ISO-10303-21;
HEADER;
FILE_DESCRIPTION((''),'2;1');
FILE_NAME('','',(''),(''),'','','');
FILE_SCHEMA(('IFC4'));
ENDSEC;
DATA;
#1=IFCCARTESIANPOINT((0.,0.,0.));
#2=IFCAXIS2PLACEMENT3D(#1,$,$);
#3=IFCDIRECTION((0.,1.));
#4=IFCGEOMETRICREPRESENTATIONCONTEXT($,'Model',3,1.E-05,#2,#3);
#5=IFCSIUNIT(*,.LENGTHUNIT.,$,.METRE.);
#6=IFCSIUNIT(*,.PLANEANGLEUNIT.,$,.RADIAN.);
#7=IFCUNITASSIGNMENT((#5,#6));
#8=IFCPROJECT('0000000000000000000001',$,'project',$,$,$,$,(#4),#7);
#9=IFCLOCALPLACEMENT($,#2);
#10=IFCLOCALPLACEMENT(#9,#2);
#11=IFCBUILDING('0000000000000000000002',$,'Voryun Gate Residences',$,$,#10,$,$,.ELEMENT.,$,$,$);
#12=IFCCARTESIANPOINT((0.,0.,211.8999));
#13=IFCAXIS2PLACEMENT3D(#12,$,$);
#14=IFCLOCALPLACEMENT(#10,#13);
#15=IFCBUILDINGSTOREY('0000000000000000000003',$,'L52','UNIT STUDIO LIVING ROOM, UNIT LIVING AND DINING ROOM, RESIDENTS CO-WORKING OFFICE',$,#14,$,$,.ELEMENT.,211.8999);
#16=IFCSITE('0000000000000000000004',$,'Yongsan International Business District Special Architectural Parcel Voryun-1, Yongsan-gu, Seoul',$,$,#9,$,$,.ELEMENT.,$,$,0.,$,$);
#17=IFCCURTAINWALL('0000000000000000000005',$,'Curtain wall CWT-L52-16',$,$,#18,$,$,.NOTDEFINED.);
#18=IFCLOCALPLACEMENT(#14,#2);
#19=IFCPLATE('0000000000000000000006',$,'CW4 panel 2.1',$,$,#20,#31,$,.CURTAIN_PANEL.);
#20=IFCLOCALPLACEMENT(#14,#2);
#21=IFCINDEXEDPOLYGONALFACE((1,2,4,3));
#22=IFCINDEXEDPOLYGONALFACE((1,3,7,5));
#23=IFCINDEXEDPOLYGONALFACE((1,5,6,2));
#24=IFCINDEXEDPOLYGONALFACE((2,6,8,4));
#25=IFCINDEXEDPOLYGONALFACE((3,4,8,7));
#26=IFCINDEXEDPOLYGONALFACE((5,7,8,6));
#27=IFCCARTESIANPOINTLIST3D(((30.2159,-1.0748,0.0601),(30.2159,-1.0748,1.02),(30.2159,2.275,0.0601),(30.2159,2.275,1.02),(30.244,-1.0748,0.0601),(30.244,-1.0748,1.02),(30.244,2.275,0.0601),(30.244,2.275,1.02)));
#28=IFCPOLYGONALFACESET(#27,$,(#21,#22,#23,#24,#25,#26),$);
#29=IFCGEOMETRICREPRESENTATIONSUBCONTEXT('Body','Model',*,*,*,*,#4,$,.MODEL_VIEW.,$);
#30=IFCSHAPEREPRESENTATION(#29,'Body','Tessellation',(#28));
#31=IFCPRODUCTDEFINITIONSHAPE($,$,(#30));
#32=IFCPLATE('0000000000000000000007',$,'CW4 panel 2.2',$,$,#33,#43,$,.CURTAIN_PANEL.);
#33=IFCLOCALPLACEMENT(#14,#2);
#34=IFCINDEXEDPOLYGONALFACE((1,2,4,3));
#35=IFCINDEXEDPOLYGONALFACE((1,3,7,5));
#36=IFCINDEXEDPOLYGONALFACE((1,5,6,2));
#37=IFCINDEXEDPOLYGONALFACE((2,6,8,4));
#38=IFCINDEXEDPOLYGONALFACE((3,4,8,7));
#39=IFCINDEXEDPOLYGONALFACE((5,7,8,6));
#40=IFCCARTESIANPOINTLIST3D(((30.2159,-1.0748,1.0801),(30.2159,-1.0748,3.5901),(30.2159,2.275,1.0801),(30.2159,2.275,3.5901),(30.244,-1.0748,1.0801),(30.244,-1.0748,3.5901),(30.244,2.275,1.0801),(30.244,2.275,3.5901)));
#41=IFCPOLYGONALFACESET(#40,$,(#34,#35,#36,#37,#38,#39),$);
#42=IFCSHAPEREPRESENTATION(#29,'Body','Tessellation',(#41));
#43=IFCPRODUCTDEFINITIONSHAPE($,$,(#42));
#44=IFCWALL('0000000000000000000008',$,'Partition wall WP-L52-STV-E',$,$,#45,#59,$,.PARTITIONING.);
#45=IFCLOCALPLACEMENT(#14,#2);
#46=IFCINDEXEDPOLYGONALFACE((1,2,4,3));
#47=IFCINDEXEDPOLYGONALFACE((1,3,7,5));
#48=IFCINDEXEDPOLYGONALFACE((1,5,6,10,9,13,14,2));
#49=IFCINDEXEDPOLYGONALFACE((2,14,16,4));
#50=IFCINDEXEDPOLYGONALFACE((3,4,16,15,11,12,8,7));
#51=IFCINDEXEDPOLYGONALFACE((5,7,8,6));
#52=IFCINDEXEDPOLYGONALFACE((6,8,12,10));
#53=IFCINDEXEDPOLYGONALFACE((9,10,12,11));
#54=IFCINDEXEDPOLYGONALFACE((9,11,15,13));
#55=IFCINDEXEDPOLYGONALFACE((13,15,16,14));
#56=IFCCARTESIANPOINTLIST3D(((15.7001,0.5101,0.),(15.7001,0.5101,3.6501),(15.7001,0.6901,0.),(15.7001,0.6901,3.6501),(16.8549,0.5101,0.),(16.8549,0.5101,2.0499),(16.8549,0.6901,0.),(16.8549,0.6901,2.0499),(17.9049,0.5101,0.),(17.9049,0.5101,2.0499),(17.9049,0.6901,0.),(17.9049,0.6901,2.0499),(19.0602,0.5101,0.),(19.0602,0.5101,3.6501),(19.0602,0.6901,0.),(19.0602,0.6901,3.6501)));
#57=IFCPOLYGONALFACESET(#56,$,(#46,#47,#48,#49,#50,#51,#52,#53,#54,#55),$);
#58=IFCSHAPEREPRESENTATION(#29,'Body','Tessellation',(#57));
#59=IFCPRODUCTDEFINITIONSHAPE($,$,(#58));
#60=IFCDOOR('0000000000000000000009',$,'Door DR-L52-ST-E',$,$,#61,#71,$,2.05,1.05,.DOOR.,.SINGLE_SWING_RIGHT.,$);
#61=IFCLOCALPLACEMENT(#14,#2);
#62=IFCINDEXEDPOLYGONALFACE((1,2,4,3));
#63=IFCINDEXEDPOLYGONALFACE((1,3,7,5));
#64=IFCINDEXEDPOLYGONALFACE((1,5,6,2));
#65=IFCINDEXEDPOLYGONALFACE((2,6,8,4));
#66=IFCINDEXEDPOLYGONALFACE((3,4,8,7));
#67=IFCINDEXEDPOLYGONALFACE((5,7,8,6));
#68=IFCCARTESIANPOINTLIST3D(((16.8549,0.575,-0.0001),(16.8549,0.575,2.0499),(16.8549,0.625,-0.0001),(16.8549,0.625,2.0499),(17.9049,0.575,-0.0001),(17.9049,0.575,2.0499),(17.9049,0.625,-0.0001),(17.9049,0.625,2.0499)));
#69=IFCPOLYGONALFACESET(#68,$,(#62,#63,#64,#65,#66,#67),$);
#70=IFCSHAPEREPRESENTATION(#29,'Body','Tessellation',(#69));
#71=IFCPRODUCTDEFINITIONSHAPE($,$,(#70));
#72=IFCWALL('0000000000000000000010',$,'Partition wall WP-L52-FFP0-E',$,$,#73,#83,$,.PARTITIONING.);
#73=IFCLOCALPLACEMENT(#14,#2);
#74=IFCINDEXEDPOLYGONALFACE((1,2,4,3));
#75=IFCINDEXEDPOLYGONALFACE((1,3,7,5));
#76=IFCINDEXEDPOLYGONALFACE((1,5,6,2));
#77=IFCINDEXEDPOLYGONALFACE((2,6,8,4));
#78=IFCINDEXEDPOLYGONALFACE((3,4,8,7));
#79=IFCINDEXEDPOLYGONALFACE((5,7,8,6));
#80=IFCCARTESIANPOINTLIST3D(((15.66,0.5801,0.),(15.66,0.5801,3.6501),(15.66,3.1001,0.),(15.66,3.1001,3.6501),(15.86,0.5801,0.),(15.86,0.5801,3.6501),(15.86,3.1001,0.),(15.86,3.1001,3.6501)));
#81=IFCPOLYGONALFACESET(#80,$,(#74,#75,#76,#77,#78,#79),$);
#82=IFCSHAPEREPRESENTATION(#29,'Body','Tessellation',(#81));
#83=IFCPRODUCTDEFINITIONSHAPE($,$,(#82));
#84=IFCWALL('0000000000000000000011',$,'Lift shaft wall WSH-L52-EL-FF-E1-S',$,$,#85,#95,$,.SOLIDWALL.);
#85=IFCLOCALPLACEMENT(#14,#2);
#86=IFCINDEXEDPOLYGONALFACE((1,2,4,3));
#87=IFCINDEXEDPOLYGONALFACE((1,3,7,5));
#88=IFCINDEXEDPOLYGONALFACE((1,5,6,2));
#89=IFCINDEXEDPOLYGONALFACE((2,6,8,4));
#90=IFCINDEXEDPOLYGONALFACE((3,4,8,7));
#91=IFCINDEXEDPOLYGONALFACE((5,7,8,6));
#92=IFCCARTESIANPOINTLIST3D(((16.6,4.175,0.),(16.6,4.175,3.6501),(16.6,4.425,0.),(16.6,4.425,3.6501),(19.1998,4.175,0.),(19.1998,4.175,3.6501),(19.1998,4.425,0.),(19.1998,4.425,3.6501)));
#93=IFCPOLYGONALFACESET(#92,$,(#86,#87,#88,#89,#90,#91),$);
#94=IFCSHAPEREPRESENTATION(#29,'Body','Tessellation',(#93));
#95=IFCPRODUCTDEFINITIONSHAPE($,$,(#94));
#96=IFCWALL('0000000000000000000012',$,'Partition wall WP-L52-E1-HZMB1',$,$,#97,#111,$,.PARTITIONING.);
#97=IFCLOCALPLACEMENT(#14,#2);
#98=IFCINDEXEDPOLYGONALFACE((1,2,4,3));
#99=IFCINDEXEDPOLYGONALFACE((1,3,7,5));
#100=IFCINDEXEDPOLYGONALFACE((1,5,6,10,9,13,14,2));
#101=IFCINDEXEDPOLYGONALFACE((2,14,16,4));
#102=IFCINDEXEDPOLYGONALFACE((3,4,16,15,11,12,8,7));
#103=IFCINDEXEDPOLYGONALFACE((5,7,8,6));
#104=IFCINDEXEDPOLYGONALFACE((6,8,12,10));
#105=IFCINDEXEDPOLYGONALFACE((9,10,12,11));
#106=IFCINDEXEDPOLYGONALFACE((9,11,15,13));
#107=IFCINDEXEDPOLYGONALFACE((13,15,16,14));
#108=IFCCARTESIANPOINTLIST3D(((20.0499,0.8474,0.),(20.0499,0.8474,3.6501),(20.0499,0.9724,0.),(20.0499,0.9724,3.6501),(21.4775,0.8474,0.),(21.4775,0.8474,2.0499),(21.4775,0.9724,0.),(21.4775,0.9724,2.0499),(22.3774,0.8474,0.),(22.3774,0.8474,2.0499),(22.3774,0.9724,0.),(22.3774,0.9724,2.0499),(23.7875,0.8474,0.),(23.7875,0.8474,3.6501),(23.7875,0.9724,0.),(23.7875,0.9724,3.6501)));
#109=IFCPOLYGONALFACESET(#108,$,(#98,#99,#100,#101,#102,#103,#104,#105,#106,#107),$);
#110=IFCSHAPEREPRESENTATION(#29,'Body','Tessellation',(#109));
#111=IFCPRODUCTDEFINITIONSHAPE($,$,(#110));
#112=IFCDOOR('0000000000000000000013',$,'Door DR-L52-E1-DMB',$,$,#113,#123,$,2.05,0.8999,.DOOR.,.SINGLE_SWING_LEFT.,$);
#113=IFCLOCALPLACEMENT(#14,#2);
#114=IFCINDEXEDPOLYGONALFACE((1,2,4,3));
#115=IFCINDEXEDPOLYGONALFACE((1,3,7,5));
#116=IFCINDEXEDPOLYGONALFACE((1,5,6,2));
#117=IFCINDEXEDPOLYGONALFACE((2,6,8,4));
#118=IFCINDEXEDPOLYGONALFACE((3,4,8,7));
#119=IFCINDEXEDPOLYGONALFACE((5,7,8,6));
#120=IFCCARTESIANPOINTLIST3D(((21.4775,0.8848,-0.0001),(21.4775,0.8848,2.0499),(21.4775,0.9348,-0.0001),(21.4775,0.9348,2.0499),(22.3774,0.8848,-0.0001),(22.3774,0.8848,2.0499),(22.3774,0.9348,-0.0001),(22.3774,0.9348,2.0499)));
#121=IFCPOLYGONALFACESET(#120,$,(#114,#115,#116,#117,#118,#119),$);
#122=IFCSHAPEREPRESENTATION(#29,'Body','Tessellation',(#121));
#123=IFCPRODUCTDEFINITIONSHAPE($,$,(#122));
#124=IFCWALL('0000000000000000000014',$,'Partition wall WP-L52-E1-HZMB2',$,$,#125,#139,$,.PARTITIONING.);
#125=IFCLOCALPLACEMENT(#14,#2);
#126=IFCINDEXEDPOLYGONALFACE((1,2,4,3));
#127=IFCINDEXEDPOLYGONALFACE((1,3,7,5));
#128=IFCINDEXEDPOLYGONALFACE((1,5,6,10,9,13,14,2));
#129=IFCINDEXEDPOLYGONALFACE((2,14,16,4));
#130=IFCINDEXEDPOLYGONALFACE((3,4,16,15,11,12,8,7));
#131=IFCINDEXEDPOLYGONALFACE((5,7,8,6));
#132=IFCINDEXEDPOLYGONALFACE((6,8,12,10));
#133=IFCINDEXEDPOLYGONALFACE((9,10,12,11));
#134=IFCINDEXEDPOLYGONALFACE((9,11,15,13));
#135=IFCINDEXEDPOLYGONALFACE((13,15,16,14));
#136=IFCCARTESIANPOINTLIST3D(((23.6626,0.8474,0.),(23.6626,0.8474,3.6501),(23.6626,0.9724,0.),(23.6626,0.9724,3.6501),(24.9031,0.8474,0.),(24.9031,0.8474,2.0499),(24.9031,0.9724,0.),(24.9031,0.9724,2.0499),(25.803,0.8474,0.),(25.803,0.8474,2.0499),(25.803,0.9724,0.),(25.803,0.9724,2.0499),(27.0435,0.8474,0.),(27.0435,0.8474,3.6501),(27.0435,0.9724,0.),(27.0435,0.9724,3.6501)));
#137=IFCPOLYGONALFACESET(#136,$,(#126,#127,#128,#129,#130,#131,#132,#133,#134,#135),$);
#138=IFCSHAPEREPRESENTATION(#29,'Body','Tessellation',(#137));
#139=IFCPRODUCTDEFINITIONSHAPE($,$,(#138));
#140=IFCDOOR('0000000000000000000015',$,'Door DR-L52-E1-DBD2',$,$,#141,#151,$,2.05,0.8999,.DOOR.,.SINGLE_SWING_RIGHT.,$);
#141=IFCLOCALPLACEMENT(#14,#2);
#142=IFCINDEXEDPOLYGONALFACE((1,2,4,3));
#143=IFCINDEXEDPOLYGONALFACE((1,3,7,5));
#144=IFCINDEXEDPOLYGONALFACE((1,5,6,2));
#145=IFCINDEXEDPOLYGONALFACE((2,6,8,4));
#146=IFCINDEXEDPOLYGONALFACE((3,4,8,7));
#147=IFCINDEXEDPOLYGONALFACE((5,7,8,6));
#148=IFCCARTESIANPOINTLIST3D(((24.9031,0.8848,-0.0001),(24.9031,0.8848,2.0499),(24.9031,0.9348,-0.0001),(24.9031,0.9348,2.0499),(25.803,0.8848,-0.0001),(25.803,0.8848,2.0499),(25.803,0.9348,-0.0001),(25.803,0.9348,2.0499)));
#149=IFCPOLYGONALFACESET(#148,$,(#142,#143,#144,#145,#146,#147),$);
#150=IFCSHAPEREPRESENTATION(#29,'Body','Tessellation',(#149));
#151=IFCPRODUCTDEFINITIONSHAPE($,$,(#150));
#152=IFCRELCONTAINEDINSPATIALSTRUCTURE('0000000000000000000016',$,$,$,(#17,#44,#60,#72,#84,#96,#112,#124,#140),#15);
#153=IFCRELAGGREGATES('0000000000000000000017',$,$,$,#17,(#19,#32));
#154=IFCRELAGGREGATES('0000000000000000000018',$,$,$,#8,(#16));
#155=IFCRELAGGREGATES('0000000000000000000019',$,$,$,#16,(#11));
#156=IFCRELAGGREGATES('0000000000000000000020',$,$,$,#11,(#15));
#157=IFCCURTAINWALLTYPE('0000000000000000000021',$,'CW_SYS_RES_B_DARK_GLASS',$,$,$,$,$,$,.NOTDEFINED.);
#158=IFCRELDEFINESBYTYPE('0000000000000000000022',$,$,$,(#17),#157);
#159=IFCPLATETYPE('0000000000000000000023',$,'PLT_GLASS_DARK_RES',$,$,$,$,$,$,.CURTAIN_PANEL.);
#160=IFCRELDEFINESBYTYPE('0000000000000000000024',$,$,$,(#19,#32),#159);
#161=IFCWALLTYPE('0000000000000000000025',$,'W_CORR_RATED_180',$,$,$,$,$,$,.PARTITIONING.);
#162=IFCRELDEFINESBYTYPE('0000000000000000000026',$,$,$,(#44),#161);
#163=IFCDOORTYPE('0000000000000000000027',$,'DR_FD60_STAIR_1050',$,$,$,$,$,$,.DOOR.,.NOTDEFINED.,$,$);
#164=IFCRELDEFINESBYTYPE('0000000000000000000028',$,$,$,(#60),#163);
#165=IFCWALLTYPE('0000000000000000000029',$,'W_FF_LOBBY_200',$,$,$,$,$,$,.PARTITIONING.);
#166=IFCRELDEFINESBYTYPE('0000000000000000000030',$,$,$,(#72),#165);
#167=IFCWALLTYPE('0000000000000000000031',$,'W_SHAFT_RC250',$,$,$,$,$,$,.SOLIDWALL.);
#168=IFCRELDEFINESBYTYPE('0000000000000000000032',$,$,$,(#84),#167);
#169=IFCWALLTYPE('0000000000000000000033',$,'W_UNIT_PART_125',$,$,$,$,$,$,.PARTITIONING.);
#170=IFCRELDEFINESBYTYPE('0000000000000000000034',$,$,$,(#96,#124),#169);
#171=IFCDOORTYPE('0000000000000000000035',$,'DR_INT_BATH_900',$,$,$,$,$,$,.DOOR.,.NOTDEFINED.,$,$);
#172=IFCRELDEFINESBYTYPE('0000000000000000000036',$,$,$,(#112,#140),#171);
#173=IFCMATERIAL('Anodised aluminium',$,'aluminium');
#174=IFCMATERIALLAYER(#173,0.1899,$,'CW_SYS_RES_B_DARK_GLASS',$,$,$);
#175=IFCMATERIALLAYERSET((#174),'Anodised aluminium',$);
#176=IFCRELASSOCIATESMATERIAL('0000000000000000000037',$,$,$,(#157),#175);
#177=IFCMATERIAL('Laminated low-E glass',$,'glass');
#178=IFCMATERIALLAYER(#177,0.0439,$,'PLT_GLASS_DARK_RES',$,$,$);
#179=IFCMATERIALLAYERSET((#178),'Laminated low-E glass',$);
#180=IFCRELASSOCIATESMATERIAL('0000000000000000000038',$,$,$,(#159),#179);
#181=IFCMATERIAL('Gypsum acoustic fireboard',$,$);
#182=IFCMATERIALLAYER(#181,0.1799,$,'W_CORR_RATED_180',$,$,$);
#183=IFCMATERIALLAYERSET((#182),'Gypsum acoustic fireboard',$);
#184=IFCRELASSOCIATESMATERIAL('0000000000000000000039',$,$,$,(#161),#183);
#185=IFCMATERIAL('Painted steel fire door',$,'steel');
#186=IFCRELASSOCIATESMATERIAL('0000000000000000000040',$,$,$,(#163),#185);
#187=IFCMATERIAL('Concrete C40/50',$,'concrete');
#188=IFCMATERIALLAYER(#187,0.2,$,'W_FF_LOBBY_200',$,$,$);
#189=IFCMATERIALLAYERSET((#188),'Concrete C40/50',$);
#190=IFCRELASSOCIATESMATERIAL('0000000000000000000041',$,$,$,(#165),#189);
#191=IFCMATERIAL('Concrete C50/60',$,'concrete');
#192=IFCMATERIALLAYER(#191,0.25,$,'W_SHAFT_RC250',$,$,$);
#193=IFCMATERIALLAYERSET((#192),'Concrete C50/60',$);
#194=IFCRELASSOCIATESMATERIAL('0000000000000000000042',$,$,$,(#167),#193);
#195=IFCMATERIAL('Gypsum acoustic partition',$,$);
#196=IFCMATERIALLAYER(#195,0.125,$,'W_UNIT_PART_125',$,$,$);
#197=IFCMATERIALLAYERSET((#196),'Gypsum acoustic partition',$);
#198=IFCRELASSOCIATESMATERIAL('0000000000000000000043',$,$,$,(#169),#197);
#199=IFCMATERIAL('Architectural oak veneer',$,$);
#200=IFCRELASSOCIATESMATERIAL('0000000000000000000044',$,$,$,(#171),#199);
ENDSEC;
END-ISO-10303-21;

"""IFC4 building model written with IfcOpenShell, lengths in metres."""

from ifc_helpers import new_model, si_unit, direction, frame, frame_2d, origin, origin_2d, place, context, subcontext, project, spatial, rectangle, extrude, material, layer, layer_set, type_object, element, fill, aggregate, save


model = new_model("IFC4")

# Units and contexts
model_context = context("Model", 3, precision=1e-05, world=origin(), true_north=direction((0.0, 1.0)))
body_context = subcontext(model_context, "Body", "Model", "MODEL_VIEW")
ifc_project = project(units=[si_unit("LENGTHUNIT", "METRE"), si_unit("PLANEANGLEUNIT", "RADIAN")], contexts=[model_context])

# Site, building, storey
site_placement = place(None, origin())
site = spatial("IfcSite", under=ifc_project, at=site_placement, Name="Yongsan International Business District Special Architectural Parcel Voryun-1, Yongsan-gu, Seoul", CompositionType="ELEMENT", RefElevation=0.0)
building_placement = place(site_placement, origin())
building = spatial("IfcBuilding", under=site, at=building_placement, Name="Voryun Gate Residences", CompositionType="ELEMENT")
storey_placement = place(building_placement, frame((0.0, 0.0, 211.8999)))
storey = spatial("IfcBuildingStorey", under=building, at=storey_placement, Name="L52", Description="UNIT STUDIO LIVING ROOM, UNIT LIVING AND DINING ROOM, RESIDENTS CO-WORKING OFFICE", CompositionType="ELEMENT", Elevation=211.8999)

# Curtain wall, plates
ifc_material_1 = material(Name="Anodised aluminium", Category="aluminium")
ifc_layer_1 = layer(ifc_material_1, 0.1899, Name="CW_SYS_RES_B_DARK_GLASS")
ifc_layer_set_1 = layer_set([ifc_layer_1], Name="Anodised aluminium")
curtain_wall_type = type_object("IfcCurtainWallType", Name="CW_SYS_RES_B_DARK_GLASS", PredefinedType="NOTDEFINED", material=ifc_layer_set_1)
curtain_wall_placement = place(storey_placement, origin())
curtain_wall = element("IfcCurtainWall", 1, at=curtain_wall_placement, inside=storey, type_object=curtain_wall_type, Name="Curtain wall CWT-L52-16", PredefinedType="NOTDEFINED")
ifc_material_2 = material(Name="Laminated low-E glass", Category="glass")
ifc_layer_2 = layer(ifc_material_2, 0.0439, Name="PLT_GLASS_DARK_RES")
ifc_layer_set_2 = layer_set([ifc_layer_2], Name="Laminated low-E glass")
plate_type = type_object("IfcPlateType", Name="PLT_GLASS_DARK_RES", PredefinedType="CURTAIN_PANEL", material=ifc_layer_set_2)
plate_1_placement = place(storey_placement, frame((30.23, 0.6001, 0.0601), z_axis=(0.0, 0.0, 1.0), x_axis=(0.0, -1.0, 0.0)))
plate_1 = element("IfcPlate", 2, at=plate_1_placement, type_object=plate_type, Name="CW4 panel 2.1", PredefinedType="CURTAIN_PANEL", context=body_context, shape_type="SweptSolid", body=[
    extrude(rectangle(XDim=3.3499, YDim=0.0281, at=origin_2d()), origin(), (0.0, 0.0, 1.0), 0.96),
])
plate_2_placement = place(storey_placement, frame((30.23, 0.6001, 1.0801), z_axis=(0.0, 0.0, 1.0), x_axis=(0.0, -1.0, 0.0)))
plate_2 = element("IfcPlate", 3, at=plate_2_placement, type_object=plate_type, Name="CW4 panel 2.2", PredefinedType="CURTAIN_PANEL", context=body_context, shape_type="SweptSolid", body=[
    extrude(rectangle(XDim=3.3499, YDim=0.0281, at=origin_2d()), origin(), (0.0, 0.0, 1.0), 2.51),
])
aggregate(curtain_wall, [plate_1, plate_2])

# Wall, opening, door
ifc_material_3 = material(Name="Gypsum acoustic fireboard")
ifc_layer_3 = layer(ifc_material_3, 0.1799, Name="W_CORR_RATED_180")
ifc_layer_set_3 = layer_set([ifc_layer_3], Name="Gypsum acoustic fireboard")
wall_type_1 = type_object("IfcWallType", Name="W_CORR_RATED_180", PredefinedType="PARTITIONING", material=ifc_layer_set_3)
wall_1_placement = place(storey_placement, frame((15.7, 0.6001, 0.0), z_axis=(0.0, 0.0, 1.0), x_axis=(1.0, 0.0, 0.0)))
wall_1 = element("IfcWall", 4, at=wall_1_placement, inside=storey, type_object=wall_type_1, Name="Partition wall WP-L52-STV-E", PredefinedType="PARTITIONING", context=body_context, shape_type="SweptSolid", body=[
    extrude(rectangle(XDim=3.3601, YDim=0.1799, at=frame_2d((1.6802, 0.0))), origin(), (0.0, 0.0, 1.0), 3.6501),
])
opening_1_placement = place(wall_1_placement, frame((1.155, 0.0, 0.0)))
opening_1 = element("IfcOpeningElement", 5, at=opening_1_placement, cuts=wall_1, PredefinedType="OPENING", context=body_context, shape_type="SweptSolid", body=[
    extrude(rectangle(XDim=1.05, YDim=2.05, at=frame_2d((0.5249, 1.0249))), frame((0.0, 0.0999, 0.0), z_axis=(0.0, -1.0, 0.0), x_axis=(1.0, 0.0, 0.0)), (0.0, 0.0, 1.0), 0.2),
])
ifc_material_4 = material(Name="Painted steel fire door", Category="steel")
door_type_1 = type_object("IfcDoorType", Name="DR_FD60_STAIR_1050", OperationType="NOTDEFINED", PredefinedType="DOOR", material=ifc_material_4)
door_1_placement = place(opening_1_placement, origin())
door_1 = element("IfcDoor", 6, at=door_1_placement, inside=storey, type_object=door_type_1, Name="Door DR-L52-ST-E", OperationType="SINGLE_SWING_RIGHT", OverallHeight=2.05, OverallWidth=1.05, PredefinedType="DOOR", context=body_context, shape_type="SweptSolid", body=[
    extrude(rectangle(XDim=1.05, YDim=2.05, at=frame_2d((0.5249, 1.0249))), frame((0.0, 0.0249, 0.0), z_axis=(0.0, -1.0, 0.0), x_axis=(1.0, 0.0, 0.0)), (0.0, 0.0, 1.0), 0.05),
])
fill(opening_1, door_1)

# Walls
ifc_material_5 = material(Name="Concrete C40/50", Category="concrete")
ifc_layer_4 = layer(ifc_material_5, 0.2, Name="W_FF_LOBBY_200")
ifc_layer_set_4 = layer_set([ifc_layer_4], Name="Concrete C40/50")
wall_type_2 = type_object("IfcWallType", Name="W_FF_LOBBY_200", PredefinedType="PARTITIONING", material=ifc_layer_set_4)
wall_2_placement = place(storey_placement, frame((15.76, 0.5801, 0.0), z_axis=(0.0, 0.0, 1.0), x_axis=(0.0, 1.0, 0.0)))
element("IfcWall", 7, at=wall_2_placement, inside=storey, type_object=wall_type_2, Name="Partition wall WP-L52-FFP0-E", PredefinedType="PARTITIONING", context=body_context, shape_type="SweptSolid", body=[
    extrude(rectangle(XDim=2.52, YDim=0.2, at=frame_2d((1.26, 0.0))), origin(), (0.0, 0.0, 1.0), 3.6501),
])
ifc_material_6 = material(Name="Concrete C50/60", Category="concrete")
ifc_layer_5 = layer(ifc_material_6, 0.25, Name="W_SHAFT_RC250")
ifc_layer_set_5 = layer_set([ifc_layer_5], Name="Concrete C50/60")
wall_type_3 = type_object("IfcWallType", Name="W_SHAFT_RC250", PredefinedType="SOLIDWALL", material=ifc_layer_set_5)
wall_3_placement = place(storey_placement, frame((16.6001, 4.3, 0.0), z_axis=(0.0, 0.0, 1.0), x_axis=(1.0, 0.0, 0.0)))
element("IfcWall", 8, at=wall_3_placement, inside=storey, type_object=wall_type_3, Name="Lift shaft wall WSH-L52-EL-FF-E1-S", PredefinedType="SOLIDWALL", context=body_context, shape_type="SweptSolid", body=[
    extrude(rectangle(XDim=2.5999, YDim=0.25, at=frame_2d((1.2998, 0.0))), origin(), (0.0, 0.0, 1.0), 3.6501),
])

# Walls, openings, doors
ifc_material_7 = material(Name="Gypsum acoustic partition")
ifc_layer_6 = layer(ifc_material_7, 0.125, Name="W_UNIT_PART_125")
ifc_layer_set_6 = layer_set([ifc_layer_6], Name="Gypsum acoustic partition")
wall_type_4 = type_object("IfcWallType", Name="W_UNIT_PART_125", PredefinedType="PARTITIONING", material=ifc_layer_set_6)
wall_4_placement = place(storey_placement, frame((20.05, 0.9099, 0.0), z_axis=(0.0, 0.0, 1.0), x_axis=(1.0, 0.0, 0.0)))
wall_4 = element("IfcWall", 9, at=wall_4_placement, inside=storey, type_object=wall_type_4, Name="Partition wall WP-L52-E1-HZMB1", PredefinedType="PARTITIONING", context=body_context, shape_type="SweptSolid", body=[
    extrude(rectangle(XDim=3.7375, YDim=0.125, at=frame_2d((1.8687, 0.0))), origin(), (0.0, 0.0, 1.0), 3.6501),
])
opening_2_placement = place(wall_4_placement, frame((1.4275, 0.0, 0.0)))
opening_2 = element("IfcOpeningElement", 10, at=opening_2_placement, cuts=wall_4, PredefinedType="OPENING", context=body_context, shape_type="SweptSolid", body=[
    extrude(rectangle(XDim=0.8999, YDim=2.05, at=frame_2d((0.45, 1.0249))), frame((0.0, 0.0725, 0.0), z_axis=(0.0, -1.0, 0.0), x_axis=(1.0, 0.0, 0.0)), (0.0, 0.0, 1.0), 0.145),
])
ifc_material_8 = material(Name="Architectural oak veneer")
door_type_2 = type_object("IfcDoorType", Name="DR_INT_BATH_900", OperationType="NOTDEFINED", PredefinedType="DOOR", material=ifc_material_8)
door_2_placement = place(opening_2_placement, origin())
door_2 = element("IfcDoor", 11, at=door_2_placement, inside=storey, type_object=door_type_2, Name="Door DR-L52-E1-DMB", OperationType="SINGLE_SWING_LEFT", OverallHeight=2.05, OverallWidth=0.8999, PredefinedType="DOOR", context=body_context, shape_type="SweptSolid", body=[
    extrude(rectangle(XDim=0.8999, YDim=2.05, at=frame_2d((0.45, 1.0249))), frame((0.0, 0.0249, 0.0), z_axis=(0.0, -1.0, 0.0), x_axis=(1.0, 0.0, 0.0)), (0.0, 0.0, 1.0), 0.05),
])
fill(opening_2, door_2)
wall_5_placement = place(storey_placement, frame((23.6626, 0.9099, 0.0), z_axis=(0.0, 0.0, 1.0), x_axis=(1.0, 0.0, 0.0)))
wall_5 = element("IfcWall", 12, at=wall_5_placement, inside=storey, type_object=wall_type_4, Name="Partition wall WP-L52-E1-HZMB2", PredefinedType="PARTITIONING", context=body_context, shape_type="SweptSolid", body=[
    extrude(rectangle(XDim=3.3809, YDim=0.125, at=frame_2d((1.6904, 0.0))), origin(), (0.0, 0.0, 1.0), 3.6501),
])
opening_3_placement = place(wall_5_placement, frame((1.2405, 0.0, 0.0)))
opening_3 = element("IfcOpeningElement", 13, at=opening_3_placement, cuts=wall_5, PredefinedType="OPENING", context=body_context, shape_type="SweptSolid", body=[
    extrude(rectangle(XDim=0.8999, YDim=2.05, at=frame_2d((0.45, 1.0249))), frame((0.0, 0.0725, 0.0), z_axis=(0.0, -1.0, 0.0), x_axis=(1.0, 0.0, 0.0)), (0.0, 0.0, 1.0), 0.145),
])
door_3_placement = place(opening_3_placement, origin())
door_3 = element("IfcDoor", 14, at=door_3_placement, inside=storey, type_object=door_type_2, Name="Door DR-L52-E1-DBD2", OperationType="SINGLE_SWING_RIGHT", OverallHeight=2.05, OverallWidth=0.8999, PredefinedType="DOOR", context=body_context, shape_type="SweptSolid", body=[
    extrude(rectangle(XDim=0.8999, YDim=2.05, at=frame_2d((0.45, 1.0249))), frame((0.0, 0.0249, 0.0), z_axis=(0.0, -1.0, 0.0), x_axis=(1.0, 0.0, 0.0)), (0.0, 0.0, 1.0), 0.05),
])
fill(opening_3, door_3)

save(model, "model.ifc")
